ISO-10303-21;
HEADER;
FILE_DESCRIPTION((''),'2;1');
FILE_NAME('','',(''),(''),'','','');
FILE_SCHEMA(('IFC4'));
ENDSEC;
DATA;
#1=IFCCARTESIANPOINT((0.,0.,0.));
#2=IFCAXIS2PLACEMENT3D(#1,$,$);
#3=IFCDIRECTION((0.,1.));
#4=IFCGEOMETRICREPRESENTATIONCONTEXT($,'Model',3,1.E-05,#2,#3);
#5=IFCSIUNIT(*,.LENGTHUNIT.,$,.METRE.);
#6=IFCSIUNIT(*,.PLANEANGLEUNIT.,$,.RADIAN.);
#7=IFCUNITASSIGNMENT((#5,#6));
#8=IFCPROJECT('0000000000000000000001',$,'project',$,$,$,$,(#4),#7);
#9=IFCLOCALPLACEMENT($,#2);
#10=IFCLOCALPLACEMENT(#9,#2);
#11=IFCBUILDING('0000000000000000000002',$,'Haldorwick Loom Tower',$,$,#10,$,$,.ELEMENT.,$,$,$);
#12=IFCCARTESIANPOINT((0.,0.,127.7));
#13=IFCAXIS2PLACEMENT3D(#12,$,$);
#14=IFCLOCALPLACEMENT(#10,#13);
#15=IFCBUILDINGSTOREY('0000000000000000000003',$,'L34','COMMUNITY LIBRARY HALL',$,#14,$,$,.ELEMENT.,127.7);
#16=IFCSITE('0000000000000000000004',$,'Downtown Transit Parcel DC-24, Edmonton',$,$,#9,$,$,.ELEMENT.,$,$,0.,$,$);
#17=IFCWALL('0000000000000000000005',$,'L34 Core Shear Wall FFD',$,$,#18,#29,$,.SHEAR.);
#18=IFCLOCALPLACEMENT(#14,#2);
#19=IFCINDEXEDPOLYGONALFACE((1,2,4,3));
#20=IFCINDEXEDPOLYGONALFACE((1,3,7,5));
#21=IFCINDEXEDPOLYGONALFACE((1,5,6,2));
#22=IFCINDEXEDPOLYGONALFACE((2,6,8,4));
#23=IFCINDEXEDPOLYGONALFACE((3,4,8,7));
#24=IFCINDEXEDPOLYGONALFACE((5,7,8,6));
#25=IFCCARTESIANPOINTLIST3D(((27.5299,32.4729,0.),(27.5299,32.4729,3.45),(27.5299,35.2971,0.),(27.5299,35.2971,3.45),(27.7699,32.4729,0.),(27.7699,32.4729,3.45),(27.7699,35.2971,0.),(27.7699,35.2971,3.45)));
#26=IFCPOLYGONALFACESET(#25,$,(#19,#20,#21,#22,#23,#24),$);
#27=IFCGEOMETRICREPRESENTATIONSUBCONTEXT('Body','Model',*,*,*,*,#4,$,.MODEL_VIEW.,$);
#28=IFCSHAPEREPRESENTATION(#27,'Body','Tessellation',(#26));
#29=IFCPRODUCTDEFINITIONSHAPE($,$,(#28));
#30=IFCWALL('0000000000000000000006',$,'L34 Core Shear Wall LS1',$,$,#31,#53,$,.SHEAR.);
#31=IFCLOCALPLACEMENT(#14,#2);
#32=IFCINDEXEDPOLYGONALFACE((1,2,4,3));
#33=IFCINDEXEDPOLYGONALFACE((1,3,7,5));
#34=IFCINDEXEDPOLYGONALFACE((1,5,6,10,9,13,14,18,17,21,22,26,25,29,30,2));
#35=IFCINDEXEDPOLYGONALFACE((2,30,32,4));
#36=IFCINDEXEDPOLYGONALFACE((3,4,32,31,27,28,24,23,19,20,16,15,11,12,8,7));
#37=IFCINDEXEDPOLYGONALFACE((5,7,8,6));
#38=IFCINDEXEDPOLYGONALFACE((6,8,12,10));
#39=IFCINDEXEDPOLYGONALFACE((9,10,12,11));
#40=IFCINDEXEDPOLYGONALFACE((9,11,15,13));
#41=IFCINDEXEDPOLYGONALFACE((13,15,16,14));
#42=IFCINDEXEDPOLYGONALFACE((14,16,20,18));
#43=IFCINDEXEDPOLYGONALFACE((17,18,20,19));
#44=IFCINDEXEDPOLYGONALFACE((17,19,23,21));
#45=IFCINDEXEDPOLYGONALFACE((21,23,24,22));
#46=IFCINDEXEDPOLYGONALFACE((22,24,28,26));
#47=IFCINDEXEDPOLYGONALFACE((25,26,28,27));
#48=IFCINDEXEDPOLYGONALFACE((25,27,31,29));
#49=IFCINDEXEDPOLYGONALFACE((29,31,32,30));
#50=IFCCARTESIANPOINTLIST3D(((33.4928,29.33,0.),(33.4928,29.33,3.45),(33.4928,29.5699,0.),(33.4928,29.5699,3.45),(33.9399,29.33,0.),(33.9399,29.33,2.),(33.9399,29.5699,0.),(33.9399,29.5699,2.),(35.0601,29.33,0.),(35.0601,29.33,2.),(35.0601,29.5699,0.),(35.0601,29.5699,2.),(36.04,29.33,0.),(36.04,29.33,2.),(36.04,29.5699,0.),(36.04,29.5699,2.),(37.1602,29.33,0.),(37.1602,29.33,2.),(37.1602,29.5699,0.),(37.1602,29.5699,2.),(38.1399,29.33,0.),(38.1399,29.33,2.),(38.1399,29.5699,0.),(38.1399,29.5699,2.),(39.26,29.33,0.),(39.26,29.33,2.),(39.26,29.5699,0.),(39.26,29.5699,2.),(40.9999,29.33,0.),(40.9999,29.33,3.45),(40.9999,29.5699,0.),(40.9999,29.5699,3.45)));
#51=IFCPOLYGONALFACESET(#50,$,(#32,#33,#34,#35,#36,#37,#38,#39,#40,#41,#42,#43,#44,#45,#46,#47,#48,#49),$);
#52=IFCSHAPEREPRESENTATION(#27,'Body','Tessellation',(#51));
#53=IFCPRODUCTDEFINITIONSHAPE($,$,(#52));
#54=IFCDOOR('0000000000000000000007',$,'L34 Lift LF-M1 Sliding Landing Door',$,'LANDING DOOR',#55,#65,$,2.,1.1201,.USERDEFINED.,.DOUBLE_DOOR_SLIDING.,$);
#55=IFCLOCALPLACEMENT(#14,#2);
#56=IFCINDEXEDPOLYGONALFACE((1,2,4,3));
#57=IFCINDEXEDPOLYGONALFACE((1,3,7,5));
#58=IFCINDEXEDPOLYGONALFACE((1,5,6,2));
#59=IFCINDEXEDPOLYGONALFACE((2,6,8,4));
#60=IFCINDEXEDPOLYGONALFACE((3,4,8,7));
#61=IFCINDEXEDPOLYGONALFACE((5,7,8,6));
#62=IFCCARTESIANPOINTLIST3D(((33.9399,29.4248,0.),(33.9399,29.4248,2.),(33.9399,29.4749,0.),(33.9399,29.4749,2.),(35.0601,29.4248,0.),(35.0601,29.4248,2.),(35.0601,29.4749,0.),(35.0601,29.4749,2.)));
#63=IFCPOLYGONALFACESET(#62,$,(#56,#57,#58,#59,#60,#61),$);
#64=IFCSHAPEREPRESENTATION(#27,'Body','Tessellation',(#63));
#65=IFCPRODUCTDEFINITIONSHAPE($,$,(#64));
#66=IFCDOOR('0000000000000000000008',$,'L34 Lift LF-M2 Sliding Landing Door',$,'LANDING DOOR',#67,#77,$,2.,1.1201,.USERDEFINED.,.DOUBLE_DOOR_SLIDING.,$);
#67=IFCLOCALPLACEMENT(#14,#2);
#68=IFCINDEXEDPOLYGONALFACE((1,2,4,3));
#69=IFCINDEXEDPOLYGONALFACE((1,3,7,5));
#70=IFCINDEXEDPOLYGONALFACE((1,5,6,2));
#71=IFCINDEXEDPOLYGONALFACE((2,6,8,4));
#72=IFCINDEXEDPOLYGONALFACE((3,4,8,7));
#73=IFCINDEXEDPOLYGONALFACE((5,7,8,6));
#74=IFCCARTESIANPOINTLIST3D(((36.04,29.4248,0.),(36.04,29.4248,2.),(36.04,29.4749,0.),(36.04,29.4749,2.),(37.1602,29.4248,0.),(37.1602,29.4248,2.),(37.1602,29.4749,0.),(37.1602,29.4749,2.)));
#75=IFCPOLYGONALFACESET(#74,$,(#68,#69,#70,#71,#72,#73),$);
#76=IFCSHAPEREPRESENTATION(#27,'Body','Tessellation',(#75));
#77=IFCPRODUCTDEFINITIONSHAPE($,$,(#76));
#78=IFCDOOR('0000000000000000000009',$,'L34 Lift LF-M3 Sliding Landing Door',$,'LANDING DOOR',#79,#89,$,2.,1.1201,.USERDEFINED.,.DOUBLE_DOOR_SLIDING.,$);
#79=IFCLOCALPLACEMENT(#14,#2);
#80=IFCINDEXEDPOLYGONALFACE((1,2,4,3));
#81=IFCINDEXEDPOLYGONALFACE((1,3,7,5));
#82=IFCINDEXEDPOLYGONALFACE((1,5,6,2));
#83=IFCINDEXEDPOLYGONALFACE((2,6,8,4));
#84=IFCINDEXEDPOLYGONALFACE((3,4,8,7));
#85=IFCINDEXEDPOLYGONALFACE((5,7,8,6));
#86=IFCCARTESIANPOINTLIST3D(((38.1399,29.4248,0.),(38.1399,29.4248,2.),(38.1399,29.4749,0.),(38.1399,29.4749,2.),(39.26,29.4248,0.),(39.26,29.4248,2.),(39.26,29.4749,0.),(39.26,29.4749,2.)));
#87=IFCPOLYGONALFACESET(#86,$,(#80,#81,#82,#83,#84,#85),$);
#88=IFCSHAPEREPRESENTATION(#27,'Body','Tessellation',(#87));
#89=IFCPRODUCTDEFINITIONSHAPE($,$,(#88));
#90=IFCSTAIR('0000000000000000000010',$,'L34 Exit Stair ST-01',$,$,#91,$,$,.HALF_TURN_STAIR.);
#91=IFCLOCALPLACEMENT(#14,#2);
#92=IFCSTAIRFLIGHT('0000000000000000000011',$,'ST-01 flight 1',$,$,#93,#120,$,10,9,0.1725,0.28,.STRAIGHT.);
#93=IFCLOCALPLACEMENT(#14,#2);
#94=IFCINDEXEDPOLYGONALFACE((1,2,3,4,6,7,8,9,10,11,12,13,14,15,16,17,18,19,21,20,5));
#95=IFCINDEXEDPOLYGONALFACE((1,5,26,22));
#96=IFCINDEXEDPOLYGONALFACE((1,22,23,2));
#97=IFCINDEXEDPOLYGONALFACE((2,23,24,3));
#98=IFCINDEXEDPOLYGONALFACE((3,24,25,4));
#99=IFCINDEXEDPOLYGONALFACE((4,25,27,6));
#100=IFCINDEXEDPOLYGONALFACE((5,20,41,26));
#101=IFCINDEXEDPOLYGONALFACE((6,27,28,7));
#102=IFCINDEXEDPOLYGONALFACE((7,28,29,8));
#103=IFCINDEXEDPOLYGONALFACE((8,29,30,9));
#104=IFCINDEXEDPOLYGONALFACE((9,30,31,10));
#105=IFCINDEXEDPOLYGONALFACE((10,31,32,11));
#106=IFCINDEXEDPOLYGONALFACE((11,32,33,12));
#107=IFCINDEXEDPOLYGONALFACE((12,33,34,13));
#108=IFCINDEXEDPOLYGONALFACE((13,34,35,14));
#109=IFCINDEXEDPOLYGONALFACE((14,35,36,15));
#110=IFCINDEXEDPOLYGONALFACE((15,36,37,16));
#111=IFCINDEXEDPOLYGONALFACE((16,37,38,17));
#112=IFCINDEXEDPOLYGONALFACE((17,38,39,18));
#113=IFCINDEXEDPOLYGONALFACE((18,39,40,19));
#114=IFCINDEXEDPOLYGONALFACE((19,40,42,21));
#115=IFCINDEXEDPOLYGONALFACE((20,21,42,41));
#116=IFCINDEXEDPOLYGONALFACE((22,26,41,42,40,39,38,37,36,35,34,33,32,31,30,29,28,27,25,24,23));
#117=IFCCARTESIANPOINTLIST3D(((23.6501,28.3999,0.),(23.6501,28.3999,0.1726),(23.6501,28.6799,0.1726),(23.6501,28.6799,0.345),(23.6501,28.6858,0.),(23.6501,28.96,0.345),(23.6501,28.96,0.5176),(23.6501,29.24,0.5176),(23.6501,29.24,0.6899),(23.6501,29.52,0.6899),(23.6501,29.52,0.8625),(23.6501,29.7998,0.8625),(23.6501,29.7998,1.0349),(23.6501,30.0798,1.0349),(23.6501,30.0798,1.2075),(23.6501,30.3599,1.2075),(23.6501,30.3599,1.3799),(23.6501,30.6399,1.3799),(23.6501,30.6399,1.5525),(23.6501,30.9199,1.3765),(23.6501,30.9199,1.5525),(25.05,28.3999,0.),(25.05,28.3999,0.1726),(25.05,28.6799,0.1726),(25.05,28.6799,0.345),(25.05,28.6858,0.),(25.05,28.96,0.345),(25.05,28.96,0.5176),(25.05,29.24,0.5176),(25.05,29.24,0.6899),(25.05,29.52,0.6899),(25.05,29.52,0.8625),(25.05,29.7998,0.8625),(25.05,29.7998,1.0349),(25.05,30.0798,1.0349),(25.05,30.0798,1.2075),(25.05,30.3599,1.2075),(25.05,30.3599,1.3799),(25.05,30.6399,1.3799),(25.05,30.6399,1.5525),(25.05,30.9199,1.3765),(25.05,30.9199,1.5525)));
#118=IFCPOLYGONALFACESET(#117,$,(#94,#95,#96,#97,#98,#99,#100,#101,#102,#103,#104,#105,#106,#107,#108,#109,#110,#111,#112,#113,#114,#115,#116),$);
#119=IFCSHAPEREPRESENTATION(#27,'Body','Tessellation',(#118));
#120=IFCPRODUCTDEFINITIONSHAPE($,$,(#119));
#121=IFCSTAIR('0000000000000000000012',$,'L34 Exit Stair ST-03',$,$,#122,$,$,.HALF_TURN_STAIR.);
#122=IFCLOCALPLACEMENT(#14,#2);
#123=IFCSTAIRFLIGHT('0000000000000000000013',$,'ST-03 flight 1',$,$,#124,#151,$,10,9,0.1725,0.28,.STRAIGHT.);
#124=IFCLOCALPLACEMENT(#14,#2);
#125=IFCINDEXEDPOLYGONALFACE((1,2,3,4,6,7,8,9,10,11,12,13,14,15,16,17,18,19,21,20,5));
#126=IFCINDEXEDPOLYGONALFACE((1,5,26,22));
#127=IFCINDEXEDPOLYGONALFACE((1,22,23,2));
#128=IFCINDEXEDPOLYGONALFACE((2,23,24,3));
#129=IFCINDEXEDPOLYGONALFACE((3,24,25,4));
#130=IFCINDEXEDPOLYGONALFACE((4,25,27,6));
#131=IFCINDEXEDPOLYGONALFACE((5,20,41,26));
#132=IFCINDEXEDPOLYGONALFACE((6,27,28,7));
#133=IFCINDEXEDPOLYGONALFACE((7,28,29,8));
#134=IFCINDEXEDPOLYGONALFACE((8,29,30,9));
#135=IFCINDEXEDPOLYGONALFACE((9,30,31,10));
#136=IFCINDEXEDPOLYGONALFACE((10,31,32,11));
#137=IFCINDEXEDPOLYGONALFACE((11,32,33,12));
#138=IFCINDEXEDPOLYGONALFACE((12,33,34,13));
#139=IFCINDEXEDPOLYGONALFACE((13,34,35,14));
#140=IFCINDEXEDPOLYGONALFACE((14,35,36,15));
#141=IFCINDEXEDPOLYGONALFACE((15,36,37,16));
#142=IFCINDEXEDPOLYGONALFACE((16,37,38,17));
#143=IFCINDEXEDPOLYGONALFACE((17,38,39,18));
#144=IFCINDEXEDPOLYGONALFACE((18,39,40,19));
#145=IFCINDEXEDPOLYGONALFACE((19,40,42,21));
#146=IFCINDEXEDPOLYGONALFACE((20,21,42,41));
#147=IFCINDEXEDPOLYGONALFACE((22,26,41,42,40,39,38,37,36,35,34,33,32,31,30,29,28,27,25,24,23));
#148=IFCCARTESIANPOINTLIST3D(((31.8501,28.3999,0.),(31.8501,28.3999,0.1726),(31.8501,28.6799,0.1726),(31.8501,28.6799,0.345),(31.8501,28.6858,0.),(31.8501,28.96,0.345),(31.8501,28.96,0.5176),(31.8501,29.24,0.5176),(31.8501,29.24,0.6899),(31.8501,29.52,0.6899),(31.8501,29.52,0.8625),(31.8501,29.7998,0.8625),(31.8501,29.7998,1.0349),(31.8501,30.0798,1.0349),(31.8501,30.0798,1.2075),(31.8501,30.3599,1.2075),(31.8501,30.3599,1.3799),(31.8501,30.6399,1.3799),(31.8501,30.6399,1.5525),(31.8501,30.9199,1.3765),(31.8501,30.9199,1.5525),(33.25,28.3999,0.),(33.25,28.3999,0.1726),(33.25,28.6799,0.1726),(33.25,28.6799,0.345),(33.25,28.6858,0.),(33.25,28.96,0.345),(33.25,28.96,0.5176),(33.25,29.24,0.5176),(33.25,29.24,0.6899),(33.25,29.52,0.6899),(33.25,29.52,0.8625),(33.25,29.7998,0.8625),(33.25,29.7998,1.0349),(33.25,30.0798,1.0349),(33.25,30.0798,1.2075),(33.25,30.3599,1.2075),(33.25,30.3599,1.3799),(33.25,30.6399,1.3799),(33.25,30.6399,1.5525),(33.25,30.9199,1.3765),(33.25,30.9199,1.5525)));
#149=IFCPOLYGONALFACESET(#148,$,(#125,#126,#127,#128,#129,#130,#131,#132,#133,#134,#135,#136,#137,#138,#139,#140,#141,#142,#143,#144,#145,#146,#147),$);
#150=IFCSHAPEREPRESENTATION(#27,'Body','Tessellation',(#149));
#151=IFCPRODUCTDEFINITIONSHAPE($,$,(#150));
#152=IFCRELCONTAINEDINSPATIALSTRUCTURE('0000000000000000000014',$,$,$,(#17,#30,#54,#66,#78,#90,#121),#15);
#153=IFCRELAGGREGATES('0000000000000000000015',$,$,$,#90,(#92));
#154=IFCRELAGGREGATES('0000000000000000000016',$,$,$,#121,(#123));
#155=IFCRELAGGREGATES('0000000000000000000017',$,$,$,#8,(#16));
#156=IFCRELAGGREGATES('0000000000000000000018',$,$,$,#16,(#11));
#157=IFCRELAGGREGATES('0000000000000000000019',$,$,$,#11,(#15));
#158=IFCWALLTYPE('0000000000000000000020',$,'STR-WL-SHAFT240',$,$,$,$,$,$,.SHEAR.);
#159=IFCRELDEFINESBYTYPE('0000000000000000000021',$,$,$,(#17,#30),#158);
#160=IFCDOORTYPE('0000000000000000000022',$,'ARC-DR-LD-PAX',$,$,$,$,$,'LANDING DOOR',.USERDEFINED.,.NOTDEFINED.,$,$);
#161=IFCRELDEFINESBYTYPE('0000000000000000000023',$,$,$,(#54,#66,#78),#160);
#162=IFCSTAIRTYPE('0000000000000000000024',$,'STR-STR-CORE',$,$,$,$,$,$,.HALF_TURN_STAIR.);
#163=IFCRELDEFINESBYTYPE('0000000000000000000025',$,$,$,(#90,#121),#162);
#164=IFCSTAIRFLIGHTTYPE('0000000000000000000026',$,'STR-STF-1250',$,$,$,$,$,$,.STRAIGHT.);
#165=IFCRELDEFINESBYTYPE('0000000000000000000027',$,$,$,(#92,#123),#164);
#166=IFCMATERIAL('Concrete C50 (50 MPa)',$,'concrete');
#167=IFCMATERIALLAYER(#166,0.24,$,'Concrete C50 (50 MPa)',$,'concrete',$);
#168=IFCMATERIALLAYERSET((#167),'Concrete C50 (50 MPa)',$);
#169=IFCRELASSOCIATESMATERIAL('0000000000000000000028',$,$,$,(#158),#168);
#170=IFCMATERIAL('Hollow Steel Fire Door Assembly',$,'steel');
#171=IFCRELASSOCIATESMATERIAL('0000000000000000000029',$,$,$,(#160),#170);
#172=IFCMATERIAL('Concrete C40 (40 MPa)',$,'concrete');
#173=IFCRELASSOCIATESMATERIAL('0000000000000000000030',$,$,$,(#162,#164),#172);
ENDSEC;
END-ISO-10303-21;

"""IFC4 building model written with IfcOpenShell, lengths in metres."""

from ifc_helpers import new_model, si_unit, direction, frame, frame_2d, origin, place, context, subcontext, project, spatial, polyline, rectangle, outline, extrude, material, layer, layer_set, type_object, element, fill, aggregate, save


model = new_model("IFC4")

# Units and contexts
model_context = context("Model", 3, precision=1e-05, world=origin(), true_north=direction((0.0, 1.0)))
body_context = subcontext(model_context, "Body", "Model", "MODEL_VIEW")
ifc_project = project(units=[si_unit("LENGTHUNIT", "METRE"), si_unit("PLANEANGLEUNIT", "RADIAN")], contexts=[model_context])

# Site, building, storey
site_placement = place(None, origin())
site = spatial("IfcSite", under=ifc_project, at=site_placement, Name="Downtown Transit Parcel DC-24, Edmonton", CompositionType="ELEMENT", RefElevation=0.0)
building_placement = place(site_placement, origin())
building = spatial("IfcBuilding", under=site, at=building_placement, Name="Haldorwick Loom Tower", CompositionType="ELEMENT")
storey_placement = place(building_placement, frame((0.0, 0.0, 127.7)))
storey = spatial("IfcBuildingStorey", under=building, at=storey_placement, Name="L34", Description="COMMUNITY LIBRARY HALL", CompositionType="ELEMENT", Elevation=127.7)

# Shared definitions
ifc_material_1 = material(Name="Concrete C50 (50 MPa)", Category="concrete")
ifc_layer = layer(ifc_material_1, 0.24, Name="Concrete C50 (50 MPa)", Category="concrete")
ifc_layer_set = layer_set([ifc_layer], Name="Concrete C50 (50 MPa)")
wall_type = type_object("IfcWallType", Name="STR-WL-SHAFT240", PredefinedType="SHEAR", material=ifc_layer_set)

# Shared definitions
ifc_material_2 = material(Name="Hollow Steel Fire Door Assembly", Category="steel")

# Wall
wall_1_placement = place(storey_placement, frame((27.6499, 32.4729, 0.0), z_axis=(0.0, 0.0, 1.0), x_axis=(0.0, 1.0, 0.0)))
element("IfcWall", 1, at=wall_1_placement, inside=storey, type_object=wall_type, Name="L34 Core Shear Wall FFD", PredefinedType="SHEAR", context=body_context, shape_type="SweptSolid", body=[
    extrude(rectangle(XDim=2.8242, YDim=0.24, at=frame_2d((1.4121, 0.0))), origin(), (0.0, 0.0, 1.0), 3.45),
])

# Wall, openings, doors
wall_2_placement = place(storey_placement, frame((33.4929, 29.45, 0.0), z_axis=(0.0, 0.0, 1.0), x_axis=(1.0, 0.0, 0.0)))
wall_2 = element("IfcWall", 2, at=wall_2_placement, inside=storey, type_object=wall_type, Name="L34 Core Shear Wall LS1", PredefinedType="SHEAR", context=body_context, shape_type="SweptSolid", body=[
    extrude(rectangle(XDim=7.5071, YDim=0.24, at=frame_2d((3.7534, 0.0))), origin(), (0.0, 0.0, 1.0), 3.45),
])
opening_1_placement = place(wall_2_placement, frame((0.447, 0.0, 0.0)))
opening_1 = element("IfcOpeningElement", 3, at=opening_1_placement, cuts=wall_2, PredefinedType="OPENING", context=body_context, shape_type="SweptSolid", body=[
    extrude(rectangle(XDim=1.1201, YDim=2.0, at=frame_2d((0.5601, 1.0))), frame((0.0, 0.1299, 0.0), z_axis=(0.0, -1.0, 0.0), x_axis=(1.0, 0.0, 0.0)), (0.0, 0.0, 1.0), 0.26),
])
opening_2_placement = place(wall_2_placement, frame((2.5471, 0.0, 0.0)))
opening_2 = element("IfcOpeningElement", 4, at=opening_2_placement, cuts=wall_2, PredefinedType="OPENING", context=body_context, shape_type="SweptSolid", body=[
    extrude(rectangle(XDim=1.1201, YDim=2.0, at=frame_2d((0.5601, 1.0))), frame((0.0, 0.1299, 0.0), z_axis=(0.0, -1.0, 0.0), x_axis=(1.0, 0.0, 0.0)), (0.0, 0.0, 1.0), 0.26),
])
opening_3_placement = place(wall_2_placement, frame((4.647, 0.0, 0.0)))
opening_3 = element("IfcOpeningElement", 5, at=opening_3_placement, cuts=wall_2, PredefinedType="OPENING", context=body_context, shape_type="SweptSolid", body=[
    extrude(rectangle(XDim=1.1201, YDim=2.0, at=frame_2d((0.5601, 1.0))), frame((0.0, 0.1299, 0.0), z_axis=(0.0, -1.0, 0.0), x_axis=(1.0, 0.0, 0.0)), (0.0, 0.0, 1.0), 0.26),
])
door_type_1 = type_object("IfcDoorType", Name="ARC-DR-LD-PAX", ElementType="LANDING DOOR", OperationType="NOTDEFINED", PredefinedType="USERDEFINED", material=ifc_material_2)
door_1_placement = place(opening_1_placement, origin())
door_1 = element("IfcDoor", 6, at=door_1_placement, inside=storey, type_object=door_type_1, Name="L34 Lift LF-M1 Sliding Landing Door", ObjectType="LANDING DOOR", OperationType="DOUBLE_DOOR_SLIDING", OverallHeight=2.0, OverallWidth=1.1201, PredefinedType="USERDEFINED", context=body_context, shape_type="SweptSolid", body=[
    extrude(rectangle(XDim=1.1201, YDim=2.0, at=frame_2d((0.5601, 1.0))), frame((0.0, 0.0249, 0.0), z_axis=(0.0, -1.0, 0.0), x_axis=(1.0, 0.0, 0.0)), (0.0, 0.0, 1.0), 0.05),
])
fill(opening_1, door_1)
door_2_placement = place(opening_2_placement, origin())
door_2 = element("IfcDoor", 7, at=door_2_placement, inside=storey, type_object=door_type_1, Name="L34 Lift LF-M2 Sliding Landing Door", ObjectType="LANDING DOOR", OperationType="DOUBLE_DOOR_SLIDING", OverallHeight=2.0, OverallWidth=1.1201, PredefinedType="USERDEFINED", context=body_context, shape_type="SweptSolid", body=[
    extrude(rectangle(XDim=1.1201, YDim=2.0, at=frame_2d((0.5601, 1.0))), frame((0.0, 0.0249, 0.0), z_axis=(0.0, -1.0, 0.0), x_axis=(1.0, 0.0, 0.0)), (0.0, 0.0, 1.0), 0.05),
])
fill(opening_2, door_2)
door_3_placement = place(opening_3_placement, origin())
door_3 = element("IfcDoor", 8, at=door_3_placement, inside=storey, type_object=door_type_1, Name="L34 Lift LF-M3 Sliding Landing Door", ObjectType="LANDING DOOR", OperationType="DOUBLE_DOOR_SLIDING", OverallHeight=2.0, OverallWidth=1.1201, PredefinedType="USERDEFINED", context=body_context, shape_type="SweptSolid", body=[
    extrude(rectangle(XDim=1.1201, YDim=2.0, at=frame_2d((0.5601, 1.0))), frame((0.0, 0.0249, 0.0), z_axis=(0.0, -1.0, 0.0), x_axis=(1.0, 0.0, 0.0)), (0.0, 0.0, 1.0), 0.05),
])
fill(opening_3, door_3)

# Stair, stair flight
ifc_material_3 = material(Name="Concrete C40 (40 MPa)", Category="concrete")
stair_type = type_object("IfcStairType", Name="STR-STR-CORE", PredefinedType="HALF_TURN_STAIR", material=ifc_material_3)
stair_1_placement = place(storey_placement, origin())
stair_1 = element("IfcStair", 9, at=stair_1_placement, inside=storey, type_object=stair_type, Name="L34 Exit Stair ST-01", PredefinedType="HALF_TURN_STAIR")
stair_flight_type = type_object("IfcStairFlightType", Name="STR-STF-1250", PredefinedType="STRAIGHT", material=ifc_material_3)
stair_flight_1_placement = place(storey_placement, frame((24.3501, 28.3999, 0.0), z_axis=(0.0, 0.0, 1.0), x_axis=(0.0, 1.0, 0.0)))
stair_flight_1 = element("IfcStairFlight", 10, at=stair_flight_1_placement, type_object=stair_flight_type, Name="ST-01 flight 1", NumberOfRisers=10, NumberOfTreads=9, PredefinedType="STRAIGHT", RiserHeight=0.1725, TreadLength=0.28, context=body_context, shape_type="SweptSolid", body=[
    extrude(outline(polyline([(0.0, 0.0), (0.0, 0.1726), (0.28, 0.1726), (0.28, 0.345), (0.5601, 0.345), (0.5601, 0.5176), (0.8401, 0.5176), (0.8401, 0.6899), (1.1201, 0.6899), (1.1201, 0.8625), (1.3999, 0.8625), (1.3999, 1.0349), (1.6799, 1.0349), (1.6799, 1.2075), (1.96, 1.2075), (1.96, 1.3799), (2.24, 1.3799), (2.24, 1.5525), (2.52, 1.5525), (2.52, 1.7251), (2.52, 1.3765), (0.2859, 0.0), (0.0, 0.0)])), frame((0.0, 0.7, 0.0), z_axis=(0.0, -1.0, 0.0), x_axis=(1.0, 0.0, 0.0)), (0.0, 0.0, 1.0), 1.3999),
])
aggregate(stair_1, [stair_flight_1])

# Stair, stair flight
stair_2_placement = place(storey_placement, origin())
stair_2 = element("IfcStair", 11, at=stair_2_placement, inside=storey, type_object=stair_type, Name="L34 Exit Stair ST-03", PredefinedType="HALF_TURN_STAIR")
stair_flight_2_placement = place(storey_placement, frame((32.55, 28.3999, 0.0), z_axis=(0.0, 0.0, 1.0), x_axis=(0.0, 1.0, 0.0)))
stair_flight_2 = element("IfcStairFlight", 12, at=stair_flight_2_placement, type_object=stair_flight_type, Name="ST-03 flight 1", NumberOfRisers=10, NumberOfTreads=9, PredefinedType="STRAIGHT", RiserHeight=0.1725, TreadLength=0.28, context=body_context, shape_type="SweptSolid", body=[
    extrude(outline(polyline([(0.0, 0.0), (0.0, 0.1726), (0.28, 0.1726), (0.28, 0.345), (0.5601, 0.345), (0.5601, 0.5176), (0.8401, 0.5176), (0.8401, 0.6899), (1.1201, 0.6899), (1.1201, 0.8625), (1.3999, 0.8625), (1.3999, 1.0349), (1.6799, 1.0349), (1.6799, 1.2075), (1.96, 1.2075), (1.96, 1.3799), (2.24, 1.3799), (2.24, 1.5525), (2.52, 1.5525), (2.52, 1.7251), (2.52, 1.3765), (0.2859, 0.0), (0.0, 0.0)])), frame((0.0, 0.7, 0.0), z_axis=(0.0, -1.0, 0.0), x_axis=(1.0, 0.0, 0.0)), (0.0, 0.0, 1.0), 1.3999),
])
aggregate(stair_2, [stair_flight_2])

save(model, "model.ifc")
